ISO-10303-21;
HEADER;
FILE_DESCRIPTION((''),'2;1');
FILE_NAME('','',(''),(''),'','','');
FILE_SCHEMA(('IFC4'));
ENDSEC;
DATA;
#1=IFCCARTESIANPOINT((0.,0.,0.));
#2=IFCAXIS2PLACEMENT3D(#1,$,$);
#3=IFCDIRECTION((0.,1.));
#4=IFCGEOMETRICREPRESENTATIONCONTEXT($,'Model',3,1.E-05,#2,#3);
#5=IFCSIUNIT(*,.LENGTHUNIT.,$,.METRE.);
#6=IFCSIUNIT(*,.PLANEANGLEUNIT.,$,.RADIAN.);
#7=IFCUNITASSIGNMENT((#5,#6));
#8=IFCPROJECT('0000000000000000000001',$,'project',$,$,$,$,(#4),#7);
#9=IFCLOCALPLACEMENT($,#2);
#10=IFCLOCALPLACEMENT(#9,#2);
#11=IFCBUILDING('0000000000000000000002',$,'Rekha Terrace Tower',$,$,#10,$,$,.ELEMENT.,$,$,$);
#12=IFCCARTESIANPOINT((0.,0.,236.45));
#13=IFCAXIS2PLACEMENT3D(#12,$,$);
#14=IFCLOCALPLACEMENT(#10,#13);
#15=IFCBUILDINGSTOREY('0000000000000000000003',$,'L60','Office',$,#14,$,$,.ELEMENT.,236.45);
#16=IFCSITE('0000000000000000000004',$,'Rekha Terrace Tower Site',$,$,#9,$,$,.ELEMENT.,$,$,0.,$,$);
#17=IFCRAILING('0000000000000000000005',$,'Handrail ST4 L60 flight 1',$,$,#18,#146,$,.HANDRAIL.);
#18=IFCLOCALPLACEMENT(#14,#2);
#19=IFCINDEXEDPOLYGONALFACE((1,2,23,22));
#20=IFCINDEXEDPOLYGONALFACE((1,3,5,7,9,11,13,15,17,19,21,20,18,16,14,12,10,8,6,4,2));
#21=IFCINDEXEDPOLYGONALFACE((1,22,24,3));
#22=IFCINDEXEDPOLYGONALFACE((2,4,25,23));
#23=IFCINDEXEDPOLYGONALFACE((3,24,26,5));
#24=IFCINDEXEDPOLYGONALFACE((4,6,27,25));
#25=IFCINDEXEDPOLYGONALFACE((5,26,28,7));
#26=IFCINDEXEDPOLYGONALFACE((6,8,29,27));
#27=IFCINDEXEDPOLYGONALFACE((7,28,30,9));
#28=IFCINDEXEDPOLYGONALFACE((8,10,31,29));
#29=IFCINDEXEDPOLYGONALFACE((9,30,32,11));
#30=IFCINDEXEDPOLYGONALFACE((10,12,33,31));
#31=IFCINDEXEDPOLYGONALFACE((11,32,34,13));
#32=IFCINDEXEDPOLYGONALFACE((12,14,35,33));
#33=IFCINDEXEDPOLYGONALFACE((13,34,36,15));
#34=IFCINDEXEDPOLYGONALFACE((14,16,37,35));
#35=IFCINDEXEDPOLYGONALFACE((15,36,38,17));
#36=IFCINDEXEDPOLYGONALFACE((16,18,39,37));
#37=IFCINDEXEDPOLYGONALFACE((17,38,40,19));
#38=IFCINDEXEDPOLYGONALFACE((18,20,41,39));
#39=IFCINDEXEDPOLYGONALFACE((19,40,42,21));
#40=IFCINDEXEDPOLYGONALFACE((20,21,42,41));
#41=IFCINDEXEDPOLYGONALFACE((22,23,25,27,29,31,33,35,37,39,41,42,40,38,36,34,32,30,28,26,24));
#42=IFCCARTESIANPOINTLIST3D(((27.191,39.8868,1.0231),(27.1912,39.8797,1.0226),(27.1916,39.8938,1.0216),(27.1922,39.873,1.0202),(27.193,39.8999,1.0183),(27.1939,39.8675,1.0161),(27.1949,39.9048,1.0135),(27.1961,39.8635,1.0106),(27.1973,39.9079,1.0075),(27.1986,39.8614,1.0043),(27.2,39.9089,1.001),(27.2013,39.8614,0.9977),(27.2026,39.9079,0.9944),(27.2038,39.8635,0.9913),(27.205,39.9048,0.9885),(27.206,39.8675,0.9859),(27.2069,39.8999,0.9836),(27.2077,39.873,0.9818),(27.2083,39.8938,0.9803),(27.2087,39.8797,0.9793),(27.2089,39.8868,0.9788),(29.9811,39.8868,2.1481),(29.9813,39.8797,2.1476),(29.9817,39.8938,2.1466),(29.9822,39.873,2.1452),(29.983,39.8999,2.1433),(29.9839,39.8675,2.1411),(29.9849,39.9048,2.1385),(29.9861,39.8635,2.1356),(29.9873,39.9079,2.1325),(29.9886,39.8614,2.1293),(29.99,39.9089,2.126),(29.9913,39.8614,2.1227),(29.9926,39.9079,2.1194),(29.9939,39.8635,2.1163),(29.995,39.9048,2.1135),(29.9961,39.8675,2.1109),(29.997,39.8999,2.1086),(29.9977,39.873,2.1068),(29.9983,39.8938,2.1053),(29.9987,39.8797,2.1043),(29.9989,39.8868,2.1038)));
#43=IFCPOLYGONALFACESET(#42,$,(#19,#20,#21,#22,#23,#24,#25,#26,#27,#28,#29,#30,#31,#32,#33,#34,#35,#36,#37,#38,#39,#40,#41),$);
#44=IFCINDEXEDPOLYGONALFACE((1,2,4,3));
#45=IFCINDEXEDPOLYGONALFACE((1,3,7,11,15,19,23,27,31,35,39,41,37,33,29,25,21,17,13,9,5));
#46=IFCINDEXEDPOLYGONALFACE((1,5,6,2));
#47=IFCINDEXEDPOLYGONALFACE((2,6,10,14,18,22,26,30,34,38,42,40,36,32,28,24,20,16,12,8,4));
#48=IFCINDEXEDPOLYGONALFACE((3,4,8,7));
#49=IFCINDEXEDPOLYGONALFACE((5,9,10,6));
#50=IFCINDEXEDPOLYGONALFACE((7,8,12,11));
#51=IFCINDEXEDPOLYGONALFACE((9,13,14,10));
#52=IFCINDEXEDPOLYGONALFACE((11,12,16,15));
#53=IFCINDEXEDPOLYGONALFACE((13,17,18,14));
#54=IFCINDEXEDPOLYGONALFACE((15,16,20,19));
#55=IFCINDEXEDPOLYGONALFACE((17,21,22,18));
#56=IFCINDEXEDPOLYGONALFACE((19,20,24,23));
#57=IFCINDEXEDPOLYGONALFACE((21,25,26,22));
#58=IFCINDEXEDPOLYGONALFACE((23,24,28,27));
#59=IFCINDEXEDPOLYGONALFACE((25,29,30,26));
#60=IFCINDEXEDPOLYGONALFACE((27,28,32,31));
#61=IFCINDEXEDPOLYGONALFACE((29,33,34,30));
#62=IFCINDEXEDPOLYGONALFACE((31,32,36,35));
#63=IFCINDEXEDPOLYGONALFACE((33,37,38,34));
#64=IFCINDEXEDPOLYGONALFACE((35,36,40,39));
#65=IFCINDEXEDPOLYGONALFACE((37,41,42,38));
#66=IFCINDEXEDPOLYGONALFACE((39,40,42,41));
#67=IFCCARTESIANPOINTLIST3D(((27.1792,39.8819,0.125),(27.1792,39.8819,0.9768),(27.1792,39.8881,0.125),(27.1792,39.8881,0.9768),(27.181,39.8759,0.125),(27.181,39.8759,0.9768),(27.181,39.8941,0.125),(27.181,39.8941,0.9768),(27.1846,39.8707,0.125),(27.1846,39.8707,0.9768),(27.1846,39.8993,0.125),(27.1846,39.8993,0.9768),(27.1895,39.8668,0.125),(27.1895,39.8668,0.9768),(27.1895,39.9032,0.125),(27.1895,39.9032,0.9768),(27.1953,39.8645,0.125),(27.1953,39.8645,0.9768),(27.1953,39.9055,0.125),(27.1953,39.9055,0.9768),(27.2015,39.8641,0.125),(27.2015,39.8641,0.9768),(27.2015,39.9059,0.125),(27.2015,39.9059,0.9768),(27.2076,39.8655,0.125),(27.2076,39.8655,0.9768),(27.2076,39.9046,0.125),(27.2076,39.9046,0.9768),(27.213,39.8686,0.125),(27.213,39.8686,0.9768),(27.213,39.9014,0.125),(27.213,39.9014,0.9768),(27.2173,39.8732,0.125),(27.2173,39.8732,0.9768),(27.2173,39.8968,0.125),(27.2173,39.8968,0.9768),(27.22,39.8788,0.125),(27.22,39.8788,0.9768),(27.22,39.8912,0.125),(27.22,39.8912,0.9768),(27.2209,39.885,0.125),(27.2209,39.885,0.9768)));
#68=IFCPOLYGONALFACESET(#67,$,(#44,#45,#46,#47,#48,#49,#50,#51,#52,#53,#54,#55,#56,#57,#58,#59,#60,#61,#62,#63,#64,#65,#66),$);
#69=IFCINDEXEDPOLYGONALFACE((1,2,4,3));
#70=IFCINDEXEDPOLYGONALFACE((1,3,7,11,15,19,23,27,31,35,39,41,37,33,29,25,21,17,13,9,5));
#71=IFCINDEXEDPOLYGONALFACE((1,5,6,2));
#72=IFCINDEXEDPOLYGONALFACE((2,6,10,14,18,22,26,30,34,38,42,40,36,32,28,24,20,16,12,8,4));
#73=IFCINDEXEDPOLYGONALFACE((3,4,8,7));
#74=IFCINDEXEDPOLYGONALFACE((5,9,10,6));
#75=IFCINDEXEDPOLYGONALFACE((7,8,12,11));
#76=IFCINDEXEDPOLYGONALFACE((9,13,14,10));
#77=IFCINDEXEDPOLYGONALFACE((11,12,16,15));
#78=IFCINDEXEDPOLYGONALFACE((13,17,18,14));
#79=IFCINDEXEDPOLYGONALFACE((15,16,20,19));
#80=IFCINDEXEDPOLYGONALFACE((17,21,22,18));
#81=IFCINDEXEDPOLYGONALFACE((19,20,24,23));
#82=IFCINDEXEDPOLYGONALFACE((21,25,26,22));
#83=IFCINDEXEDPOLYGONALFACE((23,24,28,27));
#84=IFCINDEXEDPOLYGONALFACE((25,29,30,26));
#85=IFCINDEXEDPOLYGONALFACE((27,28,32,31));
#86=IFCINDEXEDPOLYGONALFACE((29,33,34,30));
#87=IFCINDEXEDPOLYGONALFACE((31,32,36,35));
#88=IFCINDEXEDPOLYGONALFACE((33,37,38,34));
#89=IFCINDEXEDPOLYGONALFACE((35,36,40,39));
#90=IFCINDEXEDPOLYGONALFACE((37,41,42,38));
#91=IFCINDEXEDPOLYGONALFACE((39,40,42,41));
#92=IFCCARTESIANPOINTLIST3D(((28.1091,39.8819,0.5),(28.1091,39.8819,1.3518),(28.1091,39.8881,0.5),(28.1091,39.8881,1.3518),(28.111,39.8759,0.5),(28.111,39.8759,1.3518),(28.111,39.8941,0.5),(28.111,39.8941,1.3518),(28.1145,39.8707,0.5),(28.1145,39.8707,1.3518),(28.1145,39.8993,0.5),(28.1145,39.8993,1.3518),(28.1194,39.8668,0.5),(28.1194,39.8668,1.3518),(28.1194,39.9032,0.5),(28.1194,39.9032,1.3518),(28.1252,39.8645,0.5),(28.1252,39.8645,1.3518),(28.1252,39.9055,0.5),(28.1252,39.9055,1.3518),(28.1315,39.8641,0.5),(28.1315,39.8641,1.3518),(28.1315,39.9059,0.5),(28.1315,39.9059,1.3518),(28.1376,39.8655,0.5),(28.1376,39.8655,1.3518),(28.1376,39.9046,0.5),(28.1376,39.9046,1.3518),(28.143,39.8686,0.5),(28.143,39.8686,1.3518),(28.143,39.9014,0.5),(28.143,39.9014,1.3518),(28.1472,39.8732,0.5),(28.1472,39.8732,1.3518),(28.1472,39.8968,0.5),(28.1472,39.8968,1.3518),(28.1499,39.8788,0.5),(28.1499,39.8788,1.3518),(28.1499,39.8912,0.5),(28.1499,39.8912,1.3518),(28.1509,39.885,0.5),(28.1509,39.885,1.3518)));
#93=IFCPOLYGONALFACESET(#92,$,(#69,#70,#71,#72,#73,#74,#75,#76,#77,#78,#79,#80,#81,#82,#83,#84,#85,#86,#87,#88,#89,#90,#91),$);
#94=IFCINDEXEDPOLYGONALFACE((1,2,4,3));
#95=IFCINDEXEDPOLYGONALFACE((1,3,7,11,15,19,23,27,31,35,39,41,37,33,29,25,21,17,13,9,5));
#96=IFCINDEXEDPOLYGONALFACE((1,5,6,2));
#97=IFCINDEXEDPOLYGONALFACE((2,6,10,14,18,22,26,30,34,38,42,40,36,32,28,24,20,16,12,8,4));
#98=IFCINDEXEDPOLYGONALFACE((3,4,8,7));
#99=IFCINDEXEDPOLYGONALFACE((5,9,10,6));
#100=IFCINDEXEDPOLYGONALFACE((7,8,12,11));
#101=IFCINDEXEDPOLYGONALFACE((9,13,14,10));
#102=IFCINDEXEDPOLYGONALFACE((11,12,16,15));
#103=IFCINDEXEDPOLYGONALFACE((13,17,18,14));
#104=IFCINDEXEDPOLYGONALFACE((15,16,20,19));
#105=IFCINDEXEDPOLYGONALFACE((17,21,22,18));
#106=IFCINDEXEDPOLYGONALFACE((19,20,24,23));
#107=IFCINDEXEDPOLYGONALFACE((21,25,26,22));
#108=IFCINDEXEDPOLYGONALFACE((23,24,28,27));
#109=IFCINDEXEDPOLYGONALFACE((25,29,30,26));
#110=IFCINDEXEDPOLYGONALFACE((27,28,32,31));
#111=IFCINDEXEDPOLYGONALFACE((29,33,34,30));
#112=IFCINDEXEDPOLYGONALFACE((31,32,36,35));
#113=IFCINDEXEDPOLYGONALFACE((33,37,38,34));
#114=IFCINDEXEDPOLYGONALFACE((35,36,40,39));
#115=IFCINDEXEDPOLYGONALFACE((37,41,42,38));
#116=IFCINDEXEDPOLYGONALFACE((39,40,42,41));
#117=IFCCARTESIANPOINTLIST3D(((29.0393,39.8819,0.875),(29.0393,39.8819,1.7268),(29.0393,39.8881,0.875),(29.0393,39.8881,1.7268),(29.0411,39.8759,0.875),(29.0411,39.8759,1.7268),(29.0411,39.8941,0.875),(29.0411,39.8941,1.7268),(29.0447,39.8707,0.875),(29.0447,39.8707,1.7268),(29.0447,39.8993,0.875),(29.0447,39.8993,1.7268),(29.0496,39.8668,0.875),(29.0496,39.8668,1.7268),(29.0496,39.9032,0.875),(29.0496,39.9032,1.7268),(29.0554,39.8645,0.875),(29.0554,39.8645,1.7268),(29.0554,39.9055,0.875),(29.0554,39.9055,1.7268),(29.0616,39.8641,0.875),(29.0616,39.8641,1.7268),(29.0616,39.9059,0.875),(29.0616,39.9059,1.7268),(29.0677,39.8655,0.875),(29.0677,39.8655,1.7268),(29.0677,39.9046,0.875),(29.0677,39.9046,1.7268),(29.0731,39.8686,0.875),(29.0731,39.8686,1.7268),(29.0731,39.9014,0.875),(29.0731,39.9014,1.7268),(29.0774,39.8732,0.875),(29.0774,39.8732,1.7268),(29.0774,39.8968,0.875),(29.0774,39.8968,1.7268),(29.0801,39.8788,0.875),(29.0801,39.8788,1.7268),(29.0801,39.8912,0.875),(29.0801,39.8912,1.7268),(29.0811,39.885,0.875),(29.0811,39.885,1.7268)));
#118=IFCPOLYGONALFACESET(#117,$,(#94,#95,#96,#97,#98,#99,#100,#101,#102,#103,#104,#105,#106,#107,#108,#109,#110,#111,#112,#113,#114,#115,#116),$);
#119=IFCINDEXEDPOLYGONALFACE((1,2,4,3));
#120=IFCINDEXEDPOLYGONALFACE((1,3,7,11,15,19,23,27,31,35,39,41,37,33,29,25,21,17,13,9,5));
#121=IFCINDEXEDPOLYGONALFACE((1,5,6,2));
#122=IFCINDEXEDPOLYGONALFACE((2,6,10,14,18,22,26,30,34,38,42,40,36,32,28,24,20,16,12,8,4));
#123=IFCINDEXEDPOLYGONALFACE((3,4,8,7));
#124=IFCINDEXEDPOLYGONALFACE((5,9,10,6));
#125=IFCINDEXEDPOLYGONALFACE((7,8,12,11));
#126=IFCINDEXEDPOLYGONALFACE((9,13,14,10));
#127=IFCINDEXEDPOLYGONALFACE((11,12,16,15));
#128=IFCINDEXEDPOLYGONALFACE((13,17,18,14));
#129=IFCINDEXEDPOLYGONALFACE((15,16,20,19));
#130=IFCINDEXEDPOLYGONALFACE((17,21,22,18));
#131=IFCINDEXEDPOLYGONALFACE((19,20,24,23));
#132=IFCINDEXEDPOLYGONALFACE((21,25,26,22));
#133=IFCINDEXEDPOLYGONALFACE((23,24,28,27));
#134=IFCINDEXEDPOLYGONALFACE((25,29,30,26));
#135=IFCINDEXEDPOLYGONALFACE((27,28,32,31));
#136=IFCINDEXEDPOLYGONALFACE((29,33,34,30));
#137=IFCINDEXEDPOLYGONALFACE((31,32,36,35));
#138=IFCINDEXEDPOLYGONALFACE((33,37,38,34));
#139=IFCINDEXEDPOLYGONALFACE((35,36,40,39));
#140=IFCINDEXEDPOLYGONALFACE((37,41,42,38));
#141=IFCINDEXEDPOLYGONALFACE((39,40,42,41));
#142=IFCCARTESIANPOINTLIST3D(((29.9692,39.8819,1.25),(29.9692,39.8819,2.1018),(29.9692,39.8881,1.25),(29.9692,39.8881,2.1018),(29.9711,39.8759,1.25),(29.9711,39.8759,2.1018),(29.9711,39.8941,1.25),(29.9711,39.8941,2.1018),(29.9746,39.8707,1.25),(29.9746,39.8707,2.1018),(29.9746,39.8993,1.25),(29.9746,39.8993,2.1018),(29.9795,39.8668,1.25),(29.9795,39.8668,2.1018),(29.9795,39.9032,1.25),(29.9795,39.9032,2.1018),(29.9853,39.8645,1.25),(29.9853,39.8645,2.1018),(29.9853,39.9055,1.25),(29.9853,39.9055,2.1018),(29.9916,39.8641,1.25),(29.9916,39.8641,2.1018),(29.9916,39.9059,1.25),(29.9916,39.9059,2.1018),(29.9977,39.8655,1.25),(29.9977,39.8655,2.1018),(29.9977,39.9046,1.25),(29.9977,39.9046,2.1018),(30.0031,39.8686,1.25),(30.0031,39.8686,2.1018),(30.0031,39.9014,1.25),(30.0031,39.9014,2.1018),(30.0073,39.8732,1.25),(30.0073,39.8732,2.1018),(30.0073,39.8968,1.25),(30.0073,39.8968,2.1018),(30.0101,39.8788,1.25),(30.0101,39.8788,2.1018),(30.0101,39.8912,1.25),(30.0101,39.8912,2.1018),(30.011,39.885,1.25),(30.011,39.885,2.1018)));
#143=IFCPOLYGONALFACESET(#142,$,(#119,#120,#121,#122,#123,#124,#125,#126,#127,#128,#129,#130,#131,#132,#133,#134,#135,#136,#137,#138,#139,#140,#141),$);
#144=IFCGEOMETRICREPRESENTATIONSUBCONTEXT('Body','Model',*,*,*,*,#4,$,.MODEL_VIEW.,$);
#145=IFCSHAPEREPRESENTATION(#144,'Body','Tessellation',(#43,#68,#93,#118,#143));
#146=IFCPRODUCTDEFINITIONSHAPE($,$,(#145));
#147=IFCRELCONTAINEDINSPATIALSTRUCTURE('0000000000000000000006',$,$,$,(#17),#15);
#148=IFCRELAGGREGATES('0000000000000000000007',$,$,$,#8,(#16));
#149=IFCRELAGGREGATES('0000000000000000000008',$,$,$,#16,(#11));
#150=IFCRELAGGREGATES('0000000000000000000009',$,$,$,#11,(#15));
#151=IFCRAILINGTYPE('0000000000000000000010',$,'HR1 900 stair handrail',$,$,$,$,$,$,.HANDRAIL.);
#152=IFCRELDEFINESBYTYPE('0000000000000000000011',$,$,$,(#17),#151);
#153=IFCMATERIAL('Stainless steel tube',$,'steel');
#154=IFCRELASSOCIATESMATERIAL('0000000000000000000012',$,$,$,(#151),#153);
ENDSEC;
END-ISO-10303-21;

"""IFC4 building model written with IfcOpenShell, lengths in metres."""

from ifc_helpers import new_model, si_unit, direction, frame, origin, origin_2d, place, context, subcontext, project, spatial, circle, extrude, material, type_object, element, save


model = new_model("IFC4")

# Units and contexts
model_context = context("Model", 3, precision=1e-05, world=origin(), true_north=direction((0.0, 1.0)))
body_context = subcontext(model_context, "Body", "Model", "MODEL_VIEW")
ifc_project = project(units=[si_unit("LENGTHUNIT", "METRE"), si_unit("PLANEANGLEUNIT", "RADIAN")], contexts=[model_context])

# Site, building, storey
site_placement = place(None, origin())
site = spatial("IfcSite", under=ifc_project, at=site_placement, Name="Rekha Terrace Tower Site", CompositionType="ELEMENT", RefElevation=0.0)
building_placement = place(site_placement, origin())
building = spatial("IfcBuilding", under=site, at=building_placement, Name="Rekha Terrace Tower", CompositionType="ELEMENT")
storey_placement = place(building_placement, frame((0.0, 0.0, 236.45)))
storey = spatial("IfcBuildingStorey", under=building, at=storey_placement, Name="L60", Description="Office", CompositionType="ELEMENT", Elevation=236.45)

# Railing
ifc_material_1 = material(Name="Stainless steel tube", Category="steel")
railing_type_1 = type_object("IfcRailingType", Name="HR1 900 stair handrail", PredefinedType="HANDRAIL", material=ifc_material_1)
railing_1_placement = place(storey_placement, frame((27.2, 39.885, 0.125)))
element("IfcRailing", 1, at=railing_1_placement, inside=storey, type_object=railing_type_1, Name="Handrail ST4 L60 flight 1", PredefinedType="HANDRAIL", context=body_context, shape_type="SweptSolid", body=[
    extrude(circle(Radius=0.0239, at=origin_2d()), frame((0.0, 0.0, 0.876), z_axis=(0.927443, 0.0, 0.373964), x_axis=(0.0, 1.0, 0.0)), (0.0, 0.0, 1.0), 3.0083),
    extrude(circle(Radius=0.021, at=origin_2d()), origin(), (0.0, 0.0, 1.0), 0.8518),
    extrude(circle(Radius=0.021, at=origin_2d()), frame((0.9299, 0.0, 0.375)), (0.0, 0.0, 1.0), 0.8518),
    extrude(circle(Radius=0.021, at=origin_2d()), frame((1.8601, 0.0, 0.75)), (0.0, 0.0, 1.0), 0.8518),
    extrude(circle(Radius=0.021, at=origin_2d()), frame((2.79, 0.0, 1.125)), (0.0, 0.0, 1.0), 0.8518),
])

save(model, "model.ifc")
